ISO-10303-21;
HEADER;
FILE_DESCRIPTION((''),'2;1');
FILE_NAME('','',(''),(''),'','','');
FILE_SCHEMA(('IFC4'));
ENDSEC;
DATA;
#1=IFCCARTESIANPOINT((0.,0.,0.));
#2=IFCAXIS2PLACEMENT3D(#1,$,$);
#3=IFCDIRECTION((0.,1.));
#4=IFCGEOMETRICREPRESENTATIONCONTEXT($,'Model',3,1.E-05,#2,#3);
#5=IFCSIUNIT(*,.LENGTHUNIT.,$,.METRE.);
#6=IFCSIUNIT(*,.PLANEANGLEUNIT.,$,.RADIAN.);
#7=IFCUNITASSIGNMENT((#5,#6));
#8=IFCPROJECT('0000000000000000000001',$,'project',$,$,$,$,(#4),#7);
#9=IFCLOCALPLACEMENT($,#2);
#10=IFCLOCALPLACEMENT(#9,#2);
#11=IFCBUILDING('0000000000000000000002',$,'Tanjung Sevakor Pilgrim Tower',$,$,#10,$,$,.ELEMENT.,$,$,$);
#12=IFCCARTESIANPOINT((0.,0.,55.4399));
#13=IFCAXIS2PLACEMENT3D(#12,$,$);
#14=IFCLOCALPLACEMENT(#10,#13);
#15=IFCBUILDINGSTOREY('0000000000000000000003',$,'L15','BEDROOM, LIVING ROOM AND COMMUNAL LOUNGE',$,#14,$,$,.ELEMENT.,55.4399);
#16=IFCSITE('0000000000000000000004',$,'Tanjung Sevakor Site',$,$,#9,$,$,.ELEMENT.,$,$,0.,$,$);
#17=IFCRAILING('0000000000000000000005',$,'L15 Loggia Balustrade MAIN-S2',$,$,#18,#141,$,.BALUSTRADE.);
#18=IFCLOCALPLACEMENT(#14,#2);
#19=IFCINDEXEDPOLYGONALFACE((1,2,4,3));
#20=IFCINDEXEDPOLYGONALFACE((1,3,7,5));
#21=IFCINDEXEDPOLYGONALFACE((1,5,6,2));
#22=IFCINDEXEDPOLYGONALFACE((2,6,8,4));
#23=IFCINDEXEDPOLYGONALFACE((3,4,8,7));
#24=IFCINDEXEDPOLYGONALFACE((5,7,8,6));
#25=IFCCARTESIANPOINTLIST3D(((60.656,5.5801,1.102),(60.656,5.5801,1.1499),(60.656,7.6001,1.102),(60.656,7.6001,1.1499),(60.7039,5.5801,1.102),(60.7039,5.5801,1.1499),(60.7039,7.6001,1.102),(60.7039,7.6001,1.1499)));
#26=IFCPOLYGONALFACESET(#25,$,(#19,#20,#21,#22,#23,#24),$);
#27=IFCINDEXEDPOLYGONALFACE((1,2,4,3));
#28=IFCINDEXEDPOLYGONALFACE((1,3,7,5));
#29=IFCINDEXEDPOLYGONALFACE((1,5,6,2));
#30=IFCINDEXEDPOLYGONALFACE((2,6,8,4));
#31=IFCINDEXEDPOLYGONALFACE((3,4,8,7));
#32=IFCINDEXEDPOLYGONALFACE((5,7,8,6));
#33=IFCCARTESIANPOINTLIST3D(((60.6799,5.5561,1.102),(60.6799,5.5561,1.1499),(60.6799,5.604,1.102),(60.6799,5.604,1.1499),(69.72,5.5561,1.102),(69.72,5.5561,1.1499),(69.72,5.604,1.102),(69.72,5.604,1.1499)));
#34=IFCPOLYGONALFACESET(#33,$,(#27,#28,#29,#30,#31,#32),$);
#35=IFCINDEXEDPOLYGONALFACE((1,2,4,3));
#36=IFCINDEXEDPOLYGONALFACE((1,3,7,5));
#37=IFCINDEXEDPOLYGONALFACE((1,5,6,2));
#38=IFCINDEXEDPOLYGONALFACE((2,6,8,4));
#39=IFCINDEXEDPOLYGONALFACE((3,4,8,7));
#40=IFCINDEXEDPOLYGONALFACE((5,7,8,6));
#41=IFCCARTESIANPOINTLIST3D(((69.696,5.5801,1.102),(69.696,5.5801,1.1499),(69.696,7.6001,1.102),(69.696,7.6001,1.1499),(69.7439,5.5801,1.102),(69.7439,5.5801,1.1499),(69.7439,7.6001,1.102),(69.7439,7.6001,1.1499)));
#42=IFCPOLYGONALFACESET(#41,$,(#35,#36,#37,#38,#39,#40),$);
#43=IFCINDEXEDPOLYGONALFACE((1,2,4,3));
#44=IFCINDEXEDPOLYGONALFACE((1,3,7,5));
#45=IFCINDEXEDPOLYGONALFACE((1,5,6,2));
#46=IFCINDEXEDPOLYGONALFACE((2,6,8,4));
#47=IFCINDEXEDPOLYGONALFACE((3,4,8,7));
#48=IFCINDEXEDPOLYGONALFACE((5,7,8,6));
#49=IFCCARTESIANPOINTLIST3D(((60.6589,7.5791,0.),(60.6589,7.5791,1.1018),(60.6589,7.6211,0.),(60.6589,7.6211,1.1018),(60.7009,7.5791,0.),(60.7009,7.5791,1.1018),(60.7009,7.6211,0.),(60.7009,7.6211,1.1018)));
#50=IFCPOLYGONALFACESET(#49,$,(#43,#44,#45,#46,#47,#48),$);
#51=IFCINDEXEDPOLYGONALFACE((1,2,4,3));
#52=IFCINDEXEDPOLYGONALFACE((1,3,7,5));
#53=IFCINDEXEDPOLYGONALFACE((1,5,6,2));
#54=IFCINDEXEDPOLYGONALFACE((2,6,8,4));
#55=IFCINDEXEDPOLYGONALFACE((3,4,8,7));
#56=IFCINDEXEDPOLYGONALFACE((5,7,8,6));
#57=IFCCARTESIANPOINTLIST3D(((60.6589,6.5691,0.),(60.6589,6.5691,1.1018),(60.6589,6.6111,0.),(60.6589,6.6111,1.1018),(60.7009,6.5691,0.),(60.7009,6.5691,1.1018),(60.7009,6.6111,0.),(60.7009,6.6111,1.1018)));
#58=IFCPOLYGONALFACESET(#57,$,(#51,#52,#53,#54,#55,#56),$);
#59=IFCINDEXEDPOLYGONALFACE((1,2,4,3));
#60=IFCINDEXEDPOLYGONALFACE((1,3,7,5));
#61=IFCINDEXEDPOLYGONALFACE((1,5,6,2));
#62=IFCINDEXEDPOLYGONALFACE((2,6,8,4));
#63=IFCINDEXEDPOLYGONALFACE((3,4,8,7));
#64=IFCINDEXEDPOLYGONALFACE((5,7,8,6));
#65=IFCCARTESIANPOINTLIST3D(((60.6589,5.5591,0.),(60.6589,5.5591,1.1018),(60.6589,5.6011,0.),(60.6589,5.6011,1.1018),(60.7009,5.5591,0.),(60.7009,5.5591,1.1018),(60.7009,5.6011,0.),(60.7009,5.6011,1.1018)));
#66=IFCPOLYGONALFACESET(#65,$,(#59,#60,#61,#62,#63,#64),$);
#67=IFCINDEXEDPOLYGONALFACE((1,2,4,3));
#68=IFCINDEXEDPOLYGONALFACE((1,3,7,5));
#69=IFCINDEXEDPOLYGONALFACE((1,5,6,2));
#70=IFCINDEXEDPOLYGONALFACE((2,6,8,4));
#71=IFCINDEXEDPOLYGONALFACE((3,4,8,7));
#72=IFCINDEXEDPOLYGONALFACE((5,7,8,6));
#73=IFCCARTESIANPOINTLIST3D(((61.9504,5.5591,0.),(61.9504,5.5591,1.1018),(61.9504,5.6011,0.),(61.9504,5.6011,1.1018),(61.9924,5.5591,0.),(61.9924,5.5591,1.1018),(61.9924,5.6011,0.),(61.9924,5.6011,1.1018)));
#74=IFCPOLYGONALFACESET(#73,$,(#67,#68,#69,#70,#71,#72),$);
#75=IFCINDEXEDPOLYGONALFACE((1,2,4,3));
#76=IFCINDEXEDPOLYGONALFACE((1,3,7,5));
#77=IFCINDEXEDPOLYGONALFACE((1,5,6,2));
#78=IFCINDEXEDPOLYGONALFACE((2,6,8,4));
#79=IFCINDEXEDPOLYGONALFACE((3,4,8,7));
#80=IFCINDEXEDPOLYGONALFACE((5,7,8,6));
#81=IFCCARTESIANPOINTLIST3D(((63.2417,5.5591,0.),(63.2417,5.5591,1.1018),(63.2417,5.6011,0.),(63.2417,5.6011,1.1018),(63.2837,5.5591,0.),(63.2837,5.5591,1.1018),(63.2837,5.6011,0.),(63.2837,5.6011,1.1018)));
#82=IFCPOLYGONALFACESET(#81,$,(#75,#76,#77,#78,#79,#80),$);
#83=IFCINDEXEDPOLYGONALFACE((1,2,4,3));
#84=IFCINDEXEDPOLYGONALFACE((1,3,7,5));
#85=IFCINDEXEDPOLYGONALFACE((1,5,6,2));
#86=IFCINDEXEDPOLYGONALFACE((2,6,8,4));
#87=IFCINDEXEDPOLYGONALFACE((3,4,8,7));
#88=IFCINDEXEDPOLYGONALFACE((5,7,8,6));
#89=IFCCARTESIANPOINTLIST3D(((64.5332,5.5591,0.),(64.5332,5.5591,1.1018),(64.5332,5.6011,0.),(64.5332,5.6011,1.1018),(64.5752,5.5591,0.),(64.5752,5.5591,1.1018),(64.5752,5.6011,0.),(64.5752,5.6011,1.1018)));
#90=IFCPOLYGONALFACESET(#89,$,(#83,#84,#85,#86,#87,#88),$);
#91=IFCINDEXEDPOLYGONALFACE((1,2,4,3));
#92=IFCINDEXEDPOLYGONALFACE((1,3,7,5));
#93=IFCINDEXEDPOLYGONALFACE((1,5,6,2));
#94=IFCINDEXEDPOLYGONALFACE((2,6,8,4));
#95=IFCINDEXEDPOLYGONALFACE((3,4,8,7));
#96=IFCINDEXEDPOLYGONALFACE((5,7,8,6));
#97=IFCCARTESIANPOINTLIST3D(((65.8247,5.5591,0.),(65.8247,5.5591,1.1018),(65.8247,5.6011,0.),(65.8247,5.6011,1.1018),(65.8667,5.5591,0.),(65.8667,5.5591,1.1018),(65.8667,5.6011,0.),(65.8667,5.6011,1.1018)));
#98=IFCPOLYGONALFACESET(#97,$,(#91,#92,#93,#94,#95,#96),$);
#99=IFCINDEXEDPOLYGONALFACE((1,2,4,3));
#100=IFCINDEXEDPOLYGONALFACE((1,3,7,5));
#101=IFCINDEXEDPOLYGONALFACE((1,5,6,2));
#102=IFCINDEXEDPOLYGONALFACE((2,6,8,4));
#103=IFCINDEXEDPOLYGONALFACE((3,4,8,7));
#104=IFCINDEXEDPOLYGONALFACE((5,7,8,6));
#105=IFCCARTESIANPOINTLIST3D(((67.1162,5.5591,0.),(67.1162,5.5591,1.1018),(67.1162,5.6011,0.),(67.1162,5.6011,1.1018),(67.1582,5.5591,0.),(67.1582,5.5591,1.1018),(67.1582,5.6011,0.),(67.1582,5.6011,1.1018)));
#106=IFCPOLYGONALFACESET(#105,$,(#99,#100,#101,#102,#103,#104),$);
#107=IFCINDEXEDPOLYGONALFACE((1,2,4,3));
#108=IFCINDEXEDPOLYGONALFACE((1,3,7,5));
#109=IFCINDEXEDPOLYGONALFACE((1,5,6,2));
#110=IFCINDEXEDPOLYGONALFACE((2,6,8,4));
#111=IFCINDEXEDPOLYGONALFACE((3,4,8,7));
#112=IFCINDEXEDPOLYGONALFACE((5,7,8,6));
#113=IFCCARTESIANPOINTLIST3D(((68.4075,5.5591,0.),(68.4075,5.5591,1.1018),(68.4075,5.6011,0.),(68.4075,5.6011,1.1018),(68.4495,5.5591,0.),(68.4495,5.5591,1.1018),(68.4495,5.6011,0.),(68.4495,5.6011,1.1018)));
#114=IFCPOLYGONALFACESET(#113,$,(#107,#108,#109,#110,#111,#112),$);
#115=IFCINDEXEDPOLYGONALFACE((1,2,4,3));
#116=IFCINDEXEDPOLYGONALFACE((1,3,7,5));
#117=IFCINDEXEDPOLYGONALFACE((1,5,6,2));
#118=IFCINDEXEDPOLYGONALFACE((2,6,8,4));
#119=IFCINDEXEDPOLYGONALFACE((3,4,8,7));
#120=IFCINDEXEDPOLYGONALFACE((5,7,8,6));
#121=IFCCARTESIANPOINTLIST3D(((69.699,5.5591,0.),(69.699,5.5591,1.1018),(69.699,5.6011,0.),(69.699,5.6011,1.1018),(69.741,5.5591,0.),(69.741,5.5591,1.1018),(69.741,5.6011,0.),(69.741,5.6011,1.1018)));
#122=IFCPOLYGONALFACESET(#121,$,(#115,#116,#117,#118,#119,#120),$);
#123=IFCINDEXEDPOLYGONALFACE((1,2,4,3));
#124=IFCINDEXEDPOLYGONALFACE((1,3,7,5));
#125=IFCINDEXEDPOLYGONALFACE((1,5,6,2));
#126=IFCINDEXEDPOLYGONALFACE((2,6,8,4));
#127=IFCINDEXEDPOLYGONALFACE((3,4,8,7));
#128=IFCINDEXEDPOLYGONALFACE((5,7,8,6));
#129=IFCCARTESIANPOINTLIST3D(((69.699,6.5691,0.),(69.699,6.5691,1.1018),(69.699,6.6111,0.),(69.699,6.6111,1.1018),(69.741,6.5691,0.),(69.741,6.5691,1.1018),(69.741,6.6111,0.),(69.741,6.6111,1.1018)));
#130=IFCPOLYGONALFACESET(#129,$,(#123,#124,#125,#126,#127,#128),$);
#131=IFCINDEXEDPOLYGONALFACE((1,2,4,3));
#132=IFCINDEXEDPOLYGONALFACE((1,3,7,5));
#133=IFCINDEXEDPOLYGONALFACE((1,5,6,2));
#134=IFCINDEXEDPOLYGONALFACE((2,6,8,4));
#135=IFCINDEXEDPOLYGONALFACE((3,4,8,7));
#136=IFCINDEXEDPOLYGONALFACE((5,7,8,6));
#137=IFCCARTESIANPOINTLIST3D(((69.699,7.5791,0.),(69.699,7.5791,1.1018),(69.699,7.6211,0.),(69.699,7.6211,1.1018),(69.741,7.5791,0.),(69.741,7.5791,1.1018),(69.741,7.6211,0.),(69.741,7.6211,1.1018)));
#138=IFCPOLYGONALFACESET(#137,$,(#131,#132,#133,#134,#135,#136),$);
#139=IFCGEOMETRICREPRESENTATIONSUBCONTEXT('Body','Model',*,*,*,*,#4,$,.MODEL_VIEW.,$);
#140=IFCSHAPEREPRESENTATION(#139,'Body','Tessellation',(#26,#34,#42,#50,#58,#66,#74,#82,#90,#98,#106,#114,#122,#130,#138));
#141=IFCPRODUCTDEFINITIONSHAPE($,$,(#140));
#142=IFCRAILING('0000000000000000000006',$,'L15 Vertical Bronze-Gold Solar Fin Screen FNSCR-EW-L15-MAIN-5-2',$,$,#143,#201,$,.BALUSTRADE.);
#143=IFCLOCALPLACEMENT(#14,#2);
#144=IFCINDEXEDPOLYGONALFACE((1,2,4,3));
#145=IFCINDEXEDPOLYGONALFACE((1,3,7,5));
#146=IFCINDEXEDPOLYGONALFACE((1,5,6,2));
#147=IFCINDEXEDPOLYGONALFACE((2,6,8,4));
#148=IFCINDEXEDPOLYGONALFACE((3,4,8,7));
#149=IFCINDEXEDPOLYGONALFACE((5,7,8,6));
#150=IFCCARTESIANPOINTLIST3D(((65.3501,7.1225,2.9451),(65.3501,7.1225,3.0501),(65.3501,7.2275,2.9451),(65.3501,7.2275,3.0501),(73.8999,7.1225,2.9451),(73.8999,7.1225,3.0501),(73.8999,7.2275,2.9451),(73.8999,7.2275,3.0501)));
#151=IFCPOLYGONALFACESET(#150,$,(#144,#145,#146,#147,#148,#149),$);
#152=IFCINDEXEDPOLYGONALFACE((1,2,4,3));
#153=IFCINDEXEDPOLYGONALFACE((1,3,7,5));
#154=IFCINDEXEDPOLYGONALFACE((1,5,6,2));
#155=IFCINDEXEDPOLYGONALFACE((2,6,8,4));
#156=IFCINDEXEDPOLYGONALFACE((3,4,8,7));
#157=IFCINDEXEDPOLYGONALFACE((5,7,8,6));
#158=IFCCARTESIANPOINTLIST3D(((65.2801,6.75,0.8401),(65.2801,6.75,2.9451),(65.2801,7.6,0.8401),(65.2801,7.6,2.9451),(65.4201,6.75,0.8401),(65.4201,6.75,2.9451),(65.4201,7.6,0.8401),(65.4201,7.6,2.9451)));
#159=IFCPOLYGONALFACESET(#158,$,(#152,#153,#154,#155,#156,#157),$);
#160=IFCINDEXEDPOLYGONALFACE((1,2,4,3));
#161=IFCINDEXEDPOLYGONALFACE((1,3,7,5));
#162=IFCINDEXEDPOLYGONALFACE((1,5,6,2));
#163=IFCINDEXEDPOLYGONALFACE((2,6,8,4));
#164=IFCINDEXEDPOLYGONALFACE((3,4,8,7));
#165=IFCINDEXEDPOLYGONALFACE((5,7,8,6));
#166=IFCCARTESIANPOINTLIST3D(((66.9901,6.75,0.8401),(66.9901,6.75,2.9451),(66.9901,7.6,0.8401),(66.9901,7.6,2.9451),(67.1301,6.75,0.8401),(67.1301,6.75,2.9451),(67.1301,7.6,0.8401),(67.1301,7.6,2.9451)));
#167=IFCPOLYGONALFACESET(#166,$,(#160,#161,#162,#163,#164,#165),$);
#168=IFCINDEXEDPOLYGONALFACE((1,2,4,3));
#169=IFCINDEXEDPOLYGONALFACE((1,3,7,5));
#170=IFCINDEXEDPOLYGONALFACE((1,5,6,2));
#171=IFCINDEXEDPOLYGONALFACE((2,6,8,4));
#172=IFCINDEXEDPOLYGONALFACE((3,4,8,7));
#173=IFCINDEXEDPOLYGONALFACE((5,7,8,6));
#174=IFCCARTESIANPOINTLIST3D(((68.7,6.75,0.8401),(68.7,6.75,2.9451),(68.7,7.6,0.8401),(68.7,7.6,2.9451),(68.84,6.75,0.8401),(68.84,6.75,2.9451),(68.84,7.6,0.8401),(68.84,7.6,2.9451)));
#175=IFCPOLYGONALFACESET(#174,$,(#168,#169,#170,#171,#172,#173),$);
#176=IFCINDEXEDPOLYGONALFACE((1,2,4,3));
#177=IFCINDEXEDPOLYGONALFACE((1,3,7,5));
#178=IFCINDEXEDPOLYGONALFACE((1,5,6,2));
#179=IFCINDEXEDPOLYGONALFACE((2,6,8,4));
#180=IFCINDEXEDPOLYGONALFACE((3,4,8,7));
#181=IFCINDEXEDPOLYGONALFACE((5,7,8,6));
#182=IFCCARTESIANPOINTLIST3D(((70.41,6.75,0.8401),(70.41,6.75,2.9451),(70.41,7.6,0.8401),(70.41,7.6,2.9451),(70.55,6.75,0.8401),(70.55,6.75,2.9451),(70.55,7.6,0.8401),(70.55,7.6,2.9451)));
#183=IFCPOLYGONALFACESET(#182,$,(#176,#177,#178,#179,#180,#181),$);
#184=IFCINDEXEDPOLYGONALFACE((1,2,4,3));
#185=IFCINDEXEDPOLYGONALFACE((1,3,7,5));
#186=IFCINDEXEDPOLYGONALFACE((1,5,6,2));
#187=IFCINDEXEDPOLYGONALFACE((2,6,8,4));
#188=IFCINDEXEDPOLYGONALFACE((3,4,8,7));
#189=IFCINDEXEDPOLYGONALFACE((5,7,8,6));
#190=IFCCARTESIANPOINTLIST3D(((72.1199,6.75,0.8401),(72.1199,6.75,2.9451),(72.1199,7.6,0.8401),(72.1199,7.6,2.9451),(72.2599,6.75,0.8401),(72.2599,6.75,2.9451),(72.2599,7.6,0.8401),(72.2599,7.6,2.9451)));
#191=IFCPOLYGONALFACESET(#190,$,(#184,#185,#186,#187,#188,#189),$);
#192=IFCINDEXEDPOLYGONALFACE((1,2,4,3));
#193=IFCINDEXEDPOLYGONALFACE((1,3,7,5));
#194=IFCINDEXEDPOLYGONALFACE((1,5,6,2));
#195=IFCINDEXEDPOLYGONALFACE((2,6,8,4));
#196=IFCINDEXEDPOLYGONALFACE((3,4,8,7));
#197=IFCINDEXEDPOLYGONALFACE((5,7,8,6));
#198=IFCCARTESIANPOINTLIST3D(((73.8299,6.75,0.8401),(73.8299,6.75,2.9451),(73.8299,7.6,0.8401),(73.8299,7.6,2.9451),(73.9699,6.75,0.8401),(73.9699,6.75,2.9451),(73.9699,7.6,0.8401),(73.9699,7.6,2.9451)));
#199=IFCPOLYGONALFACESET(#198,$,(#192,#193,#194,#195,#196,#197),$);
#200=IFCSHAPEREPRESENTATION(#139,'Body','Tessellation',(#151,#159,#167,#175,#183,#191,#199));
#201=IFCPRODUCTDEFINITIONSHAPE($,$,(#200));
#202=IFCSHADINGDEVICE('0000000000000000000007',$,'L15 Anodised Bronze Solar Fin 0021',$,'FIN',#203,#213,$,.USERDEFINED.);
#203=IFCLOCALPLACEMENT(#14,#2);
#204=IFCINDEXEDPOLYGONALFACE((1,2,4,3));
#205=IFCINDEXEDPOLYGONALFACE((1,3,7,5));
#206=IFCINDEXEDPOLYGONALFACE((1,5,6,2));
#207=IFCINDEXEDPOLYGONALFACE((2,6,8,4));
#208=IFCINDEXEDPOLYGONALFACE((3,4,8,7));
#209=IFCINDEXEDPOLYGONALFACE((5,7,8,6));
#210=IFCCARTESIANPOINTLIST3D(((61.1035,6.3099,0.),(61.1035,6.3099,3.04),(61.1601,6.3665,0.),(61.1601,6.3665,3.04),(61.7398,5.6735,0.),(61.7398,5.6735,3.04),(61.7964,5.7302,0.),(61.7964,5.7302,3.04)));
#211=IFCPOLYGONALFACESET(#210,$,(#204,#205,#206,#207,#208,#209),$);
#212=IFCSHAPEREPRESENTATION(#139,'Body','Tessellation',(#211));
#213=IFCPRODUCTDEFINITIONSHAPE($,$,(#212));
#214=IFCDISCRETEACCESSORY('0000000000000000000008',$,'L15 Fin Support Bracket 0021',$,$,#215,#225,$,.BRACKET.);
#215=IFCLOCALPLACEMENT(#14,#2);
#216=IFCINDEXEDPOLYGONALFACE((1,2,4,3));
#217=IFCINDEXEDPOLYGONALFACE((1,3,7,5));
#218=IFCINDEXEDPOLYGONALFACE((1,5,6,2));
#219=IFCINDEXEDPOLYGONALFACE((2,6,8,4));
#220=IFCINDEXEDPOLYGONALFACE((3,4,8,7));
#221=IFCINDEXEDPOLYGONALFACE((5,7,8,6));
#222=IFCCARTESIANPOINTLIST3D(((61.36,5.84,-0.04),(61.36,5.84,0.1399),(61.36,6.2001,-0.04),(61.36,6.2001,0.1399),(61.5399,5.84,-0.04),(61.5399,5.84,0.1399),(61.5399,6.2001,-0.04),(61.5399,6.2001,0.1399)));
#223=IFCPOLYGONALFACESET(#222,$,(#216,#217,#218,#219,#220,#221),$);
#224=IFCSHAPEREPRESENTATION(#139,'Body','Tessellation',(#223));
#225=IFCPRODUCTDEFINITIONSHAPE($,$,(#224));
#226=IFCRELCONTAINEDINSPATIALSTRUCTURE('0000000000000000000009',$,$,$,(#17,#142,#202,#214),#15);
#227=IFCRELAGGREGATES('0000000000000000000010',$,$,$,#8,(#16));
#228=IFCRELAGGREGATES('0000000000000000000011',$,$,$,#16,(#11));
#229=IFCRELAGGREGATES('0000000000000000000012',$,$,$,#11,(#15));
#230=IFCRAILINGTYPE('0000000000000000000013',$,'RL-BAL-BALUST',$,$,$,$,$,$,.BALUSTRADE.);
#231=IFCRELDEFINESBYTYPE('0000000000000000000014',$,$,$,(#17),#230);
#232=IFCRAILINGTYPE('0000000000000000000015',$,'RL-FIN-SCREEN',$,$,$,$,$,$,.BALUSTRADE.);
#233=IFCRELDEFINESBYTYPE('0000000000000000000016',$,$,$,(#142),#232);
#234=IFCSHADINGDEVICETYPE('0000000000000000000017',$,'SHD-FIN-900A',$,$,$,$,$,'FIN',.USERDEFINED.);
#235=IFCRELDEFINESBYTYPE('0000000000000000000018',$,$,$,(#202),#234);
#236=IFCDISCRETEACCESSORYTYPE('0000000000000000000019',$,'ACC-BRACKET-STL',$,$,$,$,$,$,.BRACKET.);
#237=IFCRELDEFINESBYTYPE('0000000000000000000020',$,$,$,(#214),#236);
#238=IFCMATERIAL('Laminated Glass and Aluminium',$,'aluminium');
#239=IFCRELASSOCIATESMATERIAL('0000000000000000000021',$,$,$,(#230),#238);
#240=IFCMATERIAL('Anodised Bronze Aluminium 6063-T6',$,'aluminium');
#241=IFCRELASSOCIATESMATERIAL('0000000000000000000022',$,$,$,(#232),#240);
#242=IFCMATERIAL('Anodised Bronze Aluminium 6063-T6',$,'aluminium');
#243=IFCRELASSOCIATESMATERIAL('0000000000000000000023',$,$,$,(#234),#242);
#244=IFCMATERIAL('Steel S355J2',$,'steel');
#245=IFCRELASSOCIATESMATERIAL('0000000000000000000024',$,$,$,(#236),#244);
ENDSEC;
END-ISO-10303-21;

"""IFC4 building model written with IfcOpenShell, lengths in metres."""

from ifc_helpers import new_model, si_unit, direction, frame, origin, origin_2d, place, context, subcontext, project, spatial, rectangle, extrude, material, type_object, element, save


model = new_model("IFC4")

# Units and contexts
model_context = context("Model", 3, precision=1e-05, world=origin(), true_north=direction((0.0, 1.0)))
body_context = subcontext(model_context, "Body", "Model", "MODEL_VIEW")
ifc_project = project(units=[si_unit("LENGTHUNIT", "METRE"), si_unit("PLANEANGLEUNIT", "RADIAN")], contexts=[model_context])

# Site, building, storey
site_placement = place(None, origin())
site = spatial("IfcSite", under=ifc_project, at=site_placement, Name="Tanjung Sevakor Site", CompositionType="ELEMENT", RefElevation=0.0)
building_placement = place(site_placement, origin())
building = spatial("IfcBuilding", under=site, at=building_placement, Name="Tanjung Sevakor Pilgrim Tower", CompositionType="ELEMENT")
storey_placement = place(building_placement, frame((0.0, 0.0, 55.4399)))
storey = spatial("IfcBuildingStorey", under=building, at=storey_placement, Name="L15", Description="BEDROOM, LIVING ROOM AND COMMUNAL LOUNGE", CompositionType="ELEMENT", Elevation=55.4399)

# Railings
ifc_material_1 = material(Name="Laminated Glass and Aluminium", Category="aluminium")
railing_type_1 = type_object("IfcRailingType", Name="RL-BAL-BALUST", PredefinedType="BALUSTRADE", material=ifc_material_1)
railing_1_placement = place(storey_placement, frame((60.6799, 7.6001, 0.0)))
element("IfcRailing", 1, at=railing_1_placement, inside=storey, type_object=railing_type_1, Name="L15 Loggia Balustrade MAIN-S2", PredefinedType="BALUSTRADE", context=body_context, shape_type="SweptSolid", body=[
    extrude(rectangle(XDim=0.0479, YDim=0.0479), frame((0.0, 0.0, 1.126), z_axis=(0.0, -1.0, 0.0), x_axis=(1.0, 0.0, 0.0)), (0.0, 0.0, 1.0), 2.02),
    extrude(rectangle(XDim=0.0479, YDim=0.0479), frame((0.0, -2.02, 1.126), z_axis=(1.0, 0.0, 0.0), x_axis=(0.0, 1.0, 0.0)), (0.0, 0.0, 1.0), 9.04),
    extrude(rectangle(XDim=0.0479, YDim=0.0479), frame((9.04, -2.02, 1.126), z_axis=(0.0, 1.0, 0.0), x_axis=(-1.0, 0.0, 0.0)), (0.0, 0.0, 1.0), 2.02),
    extrude(rectangle(XDim=0.042, YDim=0.042), origin(), (0.0, 0.0, 1.0), 1.1018),
    extrude(rectangle(XDim=0.042, YDim=0.042), frame((0.0, -1.01, 0.0)), (0.0, 0.0, 1.0), 1.1018),
    extrude(rectangle(XDim=0.042, YDim=0.042), frame((0.0, -2.02, 0.0)), (0.0, 0.0, 1.0), 1.1018),
    extrude(rectangle(XDim=0.042, YDim=0.042), frame((1.2915, -2.02, 0.0)), (0.0, 0.0, 1.0), 1.1018),
    extrude(rectangle(XDim=0.042, YDim=0.042), frame((2.5828, -2.02, 0.0)), (0.0, 0.0, 1.0), 1.1018),
    extrude(rectangle(XDim=0.042, YDim=0.042), frame((3.8743, -2.02, 0.0)), (0.0, 0.0, 1.0), 1.1018),
    extrude(rectangle(XDim=0.042, YDim=0.042), frame((5.1658, -2.02, 0.0)), (0.0, 0.0, 1.0), 1.1018),
    extrude(rectangle(XDim=0.042, YDim=0.042), frame((6.4573, -2.02, 0.0)), (0.0, 0.0, 1.0), 1.1018),
    extrude(rectangle(XDim=0.042, YDim=0.042), frame((7.7485, -2.02, 0.0)), (0.0, 0.0, 1.0), 1.1018),
    extrude(rectangle(XDim=0.042, YDim=0.042), frame((9.04, -2.02, 0.0)), (0.0, 0.0, 1.0), 1.1018),
    extrude(rectangle(XDim=0.042, YDim=0.042), frame((9.04, -1.01, 0.0)), (0.0, 0.0, 1.0), 1.1018),
    extrude(rectangle(XDim=0.042, YDim=0.042), frame((9.04, 0.0, 0.0)), (0.0, 0.0, 1.0), 1.1018),
])
ifc_material_2 = material(Name="Anodised Bronze Aluminium 6063-T6", Category="aluminium")
railing_type_2 = type_object("IfcRailingType", Name="RL-FIN-SCREEN", PredefinedType="BALUSTRADE", material=ifc_material_2)
railing_2_placement = place(storey_placement, frame((65.3501, 7.175, 0.8401)))
element("IfcRailing", 2, at=railing_2_placement, inside=storey, type_object=railing_type_2, Name="L15 Vertical Bronze-Gold Solar Fin Screen FNSCR-EW-L15-MAIN-5-2", PredefinedType="BALUSTRADE", context=body_context, shape_type="SweptSolid", body=[
    extrude(rectangle(XDim=0.105, YDim=0.105), frame((0.0, 0.0, 2.1575), z_axis=(1.0, 0.0, 0.0), x_axis=(0.0, 1.0, 0.0)), (0.0, 0.0, 1.0), 8.5498),
    extrude(rectangle(XDim=0.14, YDim=0.85), origin(), (0.0, 0.0, 1.0), 2.105),
    extrude(rectangle(XDim=0.14, YDim=0.85), frame((1.71, 0.0, 0.0)), (0.0, 0.0, 1.0), 2.105),
    extrude(rectangle(XDim=0.14, YDim=0.85), frame((3.4199, 0.0, 0.0)), (0.0, 0.0, 1.0), 2.105),
    extrude(rectangle(XDim=0.14, YDim=0.85), frame((5.1299, 0.0, 0.0)), (0.0, 0.0, 1.0), 2.105),
    extrude(rectangle(XDim=0.14, YDim=0.85), frame((6.8398, 0.0, 0.0)), (0.0, 0.0, 1.0), 2.105),
    extrude(rectangle(XDim=0.14, YDim=0.85), frame((8.5498, 0.0, 0.0)), (0.0, 0.0, 1.0), 2.105),
])

# Shading device
ifc_material_3 = material(Name="Anodised Bronze Aluminium 6063-T6", Category="aluminium")
shading_device_type = type_object("IfcShadingDeviceType", Name="SHD-FIN-900A", ElementType="FIN", PredefinedType="USERDEFINED", material=ifc_material_3)
shading_device_placement = place(storey_placement, frame((61.45, 6.02, 0.0), z_axis=(0.0, 0.0, 1.0), x_axis=(0.707107, 0.707107, 0.0)))
element("IfcShadingDevice", 3, at=shading_device_placement, inside=storey, type_object=shading_device_type, Name="L15 Anodised Bronze Solar Fin 0021", ObjectType="FIN", PredefinedType="USERDEFINED", context=body_context, shape_type="SweptSolid", body=[
    extrude(rectangle(XDim=0.0801, YDim=0.8999, at=origin_2d()), origin(), (0.0, 0.0, 1.0), 3.04),
])

# Discrete accessory
ifc_material_4 = material(Name="Steel S355J2", Category="steel")
discrete_accessory_type = type_object("IfcDiscreteAccessoryType", Name="ACC-BRACKET-STL", PredefinedType="BRACKET", material=ifc_material_4)
discrete_accessory_placement = place(storey_placement, frame((61.45, 6.02, -0.04), z_axis=(0.0, 0.0, 1.0), x_axis=(1.0, 0.0, 0.0)))
element("IfcDiscreteAccessory", 4, at=discrete_accessory_placement, inside=storey, type_object=discrete_accessory_type, Name="L15 Fin Support Bracket 0021", PredefinedType="BRACKET", context=body_context, shape_type="SweptSolid", body=[
    extrude(rectangle(XDim=0.1799, YDim=0.3601, at=origin_2d()), origin(), (0.0, 0.0, 1.0), 0.1799),
])

save(model, "model.ifc")
